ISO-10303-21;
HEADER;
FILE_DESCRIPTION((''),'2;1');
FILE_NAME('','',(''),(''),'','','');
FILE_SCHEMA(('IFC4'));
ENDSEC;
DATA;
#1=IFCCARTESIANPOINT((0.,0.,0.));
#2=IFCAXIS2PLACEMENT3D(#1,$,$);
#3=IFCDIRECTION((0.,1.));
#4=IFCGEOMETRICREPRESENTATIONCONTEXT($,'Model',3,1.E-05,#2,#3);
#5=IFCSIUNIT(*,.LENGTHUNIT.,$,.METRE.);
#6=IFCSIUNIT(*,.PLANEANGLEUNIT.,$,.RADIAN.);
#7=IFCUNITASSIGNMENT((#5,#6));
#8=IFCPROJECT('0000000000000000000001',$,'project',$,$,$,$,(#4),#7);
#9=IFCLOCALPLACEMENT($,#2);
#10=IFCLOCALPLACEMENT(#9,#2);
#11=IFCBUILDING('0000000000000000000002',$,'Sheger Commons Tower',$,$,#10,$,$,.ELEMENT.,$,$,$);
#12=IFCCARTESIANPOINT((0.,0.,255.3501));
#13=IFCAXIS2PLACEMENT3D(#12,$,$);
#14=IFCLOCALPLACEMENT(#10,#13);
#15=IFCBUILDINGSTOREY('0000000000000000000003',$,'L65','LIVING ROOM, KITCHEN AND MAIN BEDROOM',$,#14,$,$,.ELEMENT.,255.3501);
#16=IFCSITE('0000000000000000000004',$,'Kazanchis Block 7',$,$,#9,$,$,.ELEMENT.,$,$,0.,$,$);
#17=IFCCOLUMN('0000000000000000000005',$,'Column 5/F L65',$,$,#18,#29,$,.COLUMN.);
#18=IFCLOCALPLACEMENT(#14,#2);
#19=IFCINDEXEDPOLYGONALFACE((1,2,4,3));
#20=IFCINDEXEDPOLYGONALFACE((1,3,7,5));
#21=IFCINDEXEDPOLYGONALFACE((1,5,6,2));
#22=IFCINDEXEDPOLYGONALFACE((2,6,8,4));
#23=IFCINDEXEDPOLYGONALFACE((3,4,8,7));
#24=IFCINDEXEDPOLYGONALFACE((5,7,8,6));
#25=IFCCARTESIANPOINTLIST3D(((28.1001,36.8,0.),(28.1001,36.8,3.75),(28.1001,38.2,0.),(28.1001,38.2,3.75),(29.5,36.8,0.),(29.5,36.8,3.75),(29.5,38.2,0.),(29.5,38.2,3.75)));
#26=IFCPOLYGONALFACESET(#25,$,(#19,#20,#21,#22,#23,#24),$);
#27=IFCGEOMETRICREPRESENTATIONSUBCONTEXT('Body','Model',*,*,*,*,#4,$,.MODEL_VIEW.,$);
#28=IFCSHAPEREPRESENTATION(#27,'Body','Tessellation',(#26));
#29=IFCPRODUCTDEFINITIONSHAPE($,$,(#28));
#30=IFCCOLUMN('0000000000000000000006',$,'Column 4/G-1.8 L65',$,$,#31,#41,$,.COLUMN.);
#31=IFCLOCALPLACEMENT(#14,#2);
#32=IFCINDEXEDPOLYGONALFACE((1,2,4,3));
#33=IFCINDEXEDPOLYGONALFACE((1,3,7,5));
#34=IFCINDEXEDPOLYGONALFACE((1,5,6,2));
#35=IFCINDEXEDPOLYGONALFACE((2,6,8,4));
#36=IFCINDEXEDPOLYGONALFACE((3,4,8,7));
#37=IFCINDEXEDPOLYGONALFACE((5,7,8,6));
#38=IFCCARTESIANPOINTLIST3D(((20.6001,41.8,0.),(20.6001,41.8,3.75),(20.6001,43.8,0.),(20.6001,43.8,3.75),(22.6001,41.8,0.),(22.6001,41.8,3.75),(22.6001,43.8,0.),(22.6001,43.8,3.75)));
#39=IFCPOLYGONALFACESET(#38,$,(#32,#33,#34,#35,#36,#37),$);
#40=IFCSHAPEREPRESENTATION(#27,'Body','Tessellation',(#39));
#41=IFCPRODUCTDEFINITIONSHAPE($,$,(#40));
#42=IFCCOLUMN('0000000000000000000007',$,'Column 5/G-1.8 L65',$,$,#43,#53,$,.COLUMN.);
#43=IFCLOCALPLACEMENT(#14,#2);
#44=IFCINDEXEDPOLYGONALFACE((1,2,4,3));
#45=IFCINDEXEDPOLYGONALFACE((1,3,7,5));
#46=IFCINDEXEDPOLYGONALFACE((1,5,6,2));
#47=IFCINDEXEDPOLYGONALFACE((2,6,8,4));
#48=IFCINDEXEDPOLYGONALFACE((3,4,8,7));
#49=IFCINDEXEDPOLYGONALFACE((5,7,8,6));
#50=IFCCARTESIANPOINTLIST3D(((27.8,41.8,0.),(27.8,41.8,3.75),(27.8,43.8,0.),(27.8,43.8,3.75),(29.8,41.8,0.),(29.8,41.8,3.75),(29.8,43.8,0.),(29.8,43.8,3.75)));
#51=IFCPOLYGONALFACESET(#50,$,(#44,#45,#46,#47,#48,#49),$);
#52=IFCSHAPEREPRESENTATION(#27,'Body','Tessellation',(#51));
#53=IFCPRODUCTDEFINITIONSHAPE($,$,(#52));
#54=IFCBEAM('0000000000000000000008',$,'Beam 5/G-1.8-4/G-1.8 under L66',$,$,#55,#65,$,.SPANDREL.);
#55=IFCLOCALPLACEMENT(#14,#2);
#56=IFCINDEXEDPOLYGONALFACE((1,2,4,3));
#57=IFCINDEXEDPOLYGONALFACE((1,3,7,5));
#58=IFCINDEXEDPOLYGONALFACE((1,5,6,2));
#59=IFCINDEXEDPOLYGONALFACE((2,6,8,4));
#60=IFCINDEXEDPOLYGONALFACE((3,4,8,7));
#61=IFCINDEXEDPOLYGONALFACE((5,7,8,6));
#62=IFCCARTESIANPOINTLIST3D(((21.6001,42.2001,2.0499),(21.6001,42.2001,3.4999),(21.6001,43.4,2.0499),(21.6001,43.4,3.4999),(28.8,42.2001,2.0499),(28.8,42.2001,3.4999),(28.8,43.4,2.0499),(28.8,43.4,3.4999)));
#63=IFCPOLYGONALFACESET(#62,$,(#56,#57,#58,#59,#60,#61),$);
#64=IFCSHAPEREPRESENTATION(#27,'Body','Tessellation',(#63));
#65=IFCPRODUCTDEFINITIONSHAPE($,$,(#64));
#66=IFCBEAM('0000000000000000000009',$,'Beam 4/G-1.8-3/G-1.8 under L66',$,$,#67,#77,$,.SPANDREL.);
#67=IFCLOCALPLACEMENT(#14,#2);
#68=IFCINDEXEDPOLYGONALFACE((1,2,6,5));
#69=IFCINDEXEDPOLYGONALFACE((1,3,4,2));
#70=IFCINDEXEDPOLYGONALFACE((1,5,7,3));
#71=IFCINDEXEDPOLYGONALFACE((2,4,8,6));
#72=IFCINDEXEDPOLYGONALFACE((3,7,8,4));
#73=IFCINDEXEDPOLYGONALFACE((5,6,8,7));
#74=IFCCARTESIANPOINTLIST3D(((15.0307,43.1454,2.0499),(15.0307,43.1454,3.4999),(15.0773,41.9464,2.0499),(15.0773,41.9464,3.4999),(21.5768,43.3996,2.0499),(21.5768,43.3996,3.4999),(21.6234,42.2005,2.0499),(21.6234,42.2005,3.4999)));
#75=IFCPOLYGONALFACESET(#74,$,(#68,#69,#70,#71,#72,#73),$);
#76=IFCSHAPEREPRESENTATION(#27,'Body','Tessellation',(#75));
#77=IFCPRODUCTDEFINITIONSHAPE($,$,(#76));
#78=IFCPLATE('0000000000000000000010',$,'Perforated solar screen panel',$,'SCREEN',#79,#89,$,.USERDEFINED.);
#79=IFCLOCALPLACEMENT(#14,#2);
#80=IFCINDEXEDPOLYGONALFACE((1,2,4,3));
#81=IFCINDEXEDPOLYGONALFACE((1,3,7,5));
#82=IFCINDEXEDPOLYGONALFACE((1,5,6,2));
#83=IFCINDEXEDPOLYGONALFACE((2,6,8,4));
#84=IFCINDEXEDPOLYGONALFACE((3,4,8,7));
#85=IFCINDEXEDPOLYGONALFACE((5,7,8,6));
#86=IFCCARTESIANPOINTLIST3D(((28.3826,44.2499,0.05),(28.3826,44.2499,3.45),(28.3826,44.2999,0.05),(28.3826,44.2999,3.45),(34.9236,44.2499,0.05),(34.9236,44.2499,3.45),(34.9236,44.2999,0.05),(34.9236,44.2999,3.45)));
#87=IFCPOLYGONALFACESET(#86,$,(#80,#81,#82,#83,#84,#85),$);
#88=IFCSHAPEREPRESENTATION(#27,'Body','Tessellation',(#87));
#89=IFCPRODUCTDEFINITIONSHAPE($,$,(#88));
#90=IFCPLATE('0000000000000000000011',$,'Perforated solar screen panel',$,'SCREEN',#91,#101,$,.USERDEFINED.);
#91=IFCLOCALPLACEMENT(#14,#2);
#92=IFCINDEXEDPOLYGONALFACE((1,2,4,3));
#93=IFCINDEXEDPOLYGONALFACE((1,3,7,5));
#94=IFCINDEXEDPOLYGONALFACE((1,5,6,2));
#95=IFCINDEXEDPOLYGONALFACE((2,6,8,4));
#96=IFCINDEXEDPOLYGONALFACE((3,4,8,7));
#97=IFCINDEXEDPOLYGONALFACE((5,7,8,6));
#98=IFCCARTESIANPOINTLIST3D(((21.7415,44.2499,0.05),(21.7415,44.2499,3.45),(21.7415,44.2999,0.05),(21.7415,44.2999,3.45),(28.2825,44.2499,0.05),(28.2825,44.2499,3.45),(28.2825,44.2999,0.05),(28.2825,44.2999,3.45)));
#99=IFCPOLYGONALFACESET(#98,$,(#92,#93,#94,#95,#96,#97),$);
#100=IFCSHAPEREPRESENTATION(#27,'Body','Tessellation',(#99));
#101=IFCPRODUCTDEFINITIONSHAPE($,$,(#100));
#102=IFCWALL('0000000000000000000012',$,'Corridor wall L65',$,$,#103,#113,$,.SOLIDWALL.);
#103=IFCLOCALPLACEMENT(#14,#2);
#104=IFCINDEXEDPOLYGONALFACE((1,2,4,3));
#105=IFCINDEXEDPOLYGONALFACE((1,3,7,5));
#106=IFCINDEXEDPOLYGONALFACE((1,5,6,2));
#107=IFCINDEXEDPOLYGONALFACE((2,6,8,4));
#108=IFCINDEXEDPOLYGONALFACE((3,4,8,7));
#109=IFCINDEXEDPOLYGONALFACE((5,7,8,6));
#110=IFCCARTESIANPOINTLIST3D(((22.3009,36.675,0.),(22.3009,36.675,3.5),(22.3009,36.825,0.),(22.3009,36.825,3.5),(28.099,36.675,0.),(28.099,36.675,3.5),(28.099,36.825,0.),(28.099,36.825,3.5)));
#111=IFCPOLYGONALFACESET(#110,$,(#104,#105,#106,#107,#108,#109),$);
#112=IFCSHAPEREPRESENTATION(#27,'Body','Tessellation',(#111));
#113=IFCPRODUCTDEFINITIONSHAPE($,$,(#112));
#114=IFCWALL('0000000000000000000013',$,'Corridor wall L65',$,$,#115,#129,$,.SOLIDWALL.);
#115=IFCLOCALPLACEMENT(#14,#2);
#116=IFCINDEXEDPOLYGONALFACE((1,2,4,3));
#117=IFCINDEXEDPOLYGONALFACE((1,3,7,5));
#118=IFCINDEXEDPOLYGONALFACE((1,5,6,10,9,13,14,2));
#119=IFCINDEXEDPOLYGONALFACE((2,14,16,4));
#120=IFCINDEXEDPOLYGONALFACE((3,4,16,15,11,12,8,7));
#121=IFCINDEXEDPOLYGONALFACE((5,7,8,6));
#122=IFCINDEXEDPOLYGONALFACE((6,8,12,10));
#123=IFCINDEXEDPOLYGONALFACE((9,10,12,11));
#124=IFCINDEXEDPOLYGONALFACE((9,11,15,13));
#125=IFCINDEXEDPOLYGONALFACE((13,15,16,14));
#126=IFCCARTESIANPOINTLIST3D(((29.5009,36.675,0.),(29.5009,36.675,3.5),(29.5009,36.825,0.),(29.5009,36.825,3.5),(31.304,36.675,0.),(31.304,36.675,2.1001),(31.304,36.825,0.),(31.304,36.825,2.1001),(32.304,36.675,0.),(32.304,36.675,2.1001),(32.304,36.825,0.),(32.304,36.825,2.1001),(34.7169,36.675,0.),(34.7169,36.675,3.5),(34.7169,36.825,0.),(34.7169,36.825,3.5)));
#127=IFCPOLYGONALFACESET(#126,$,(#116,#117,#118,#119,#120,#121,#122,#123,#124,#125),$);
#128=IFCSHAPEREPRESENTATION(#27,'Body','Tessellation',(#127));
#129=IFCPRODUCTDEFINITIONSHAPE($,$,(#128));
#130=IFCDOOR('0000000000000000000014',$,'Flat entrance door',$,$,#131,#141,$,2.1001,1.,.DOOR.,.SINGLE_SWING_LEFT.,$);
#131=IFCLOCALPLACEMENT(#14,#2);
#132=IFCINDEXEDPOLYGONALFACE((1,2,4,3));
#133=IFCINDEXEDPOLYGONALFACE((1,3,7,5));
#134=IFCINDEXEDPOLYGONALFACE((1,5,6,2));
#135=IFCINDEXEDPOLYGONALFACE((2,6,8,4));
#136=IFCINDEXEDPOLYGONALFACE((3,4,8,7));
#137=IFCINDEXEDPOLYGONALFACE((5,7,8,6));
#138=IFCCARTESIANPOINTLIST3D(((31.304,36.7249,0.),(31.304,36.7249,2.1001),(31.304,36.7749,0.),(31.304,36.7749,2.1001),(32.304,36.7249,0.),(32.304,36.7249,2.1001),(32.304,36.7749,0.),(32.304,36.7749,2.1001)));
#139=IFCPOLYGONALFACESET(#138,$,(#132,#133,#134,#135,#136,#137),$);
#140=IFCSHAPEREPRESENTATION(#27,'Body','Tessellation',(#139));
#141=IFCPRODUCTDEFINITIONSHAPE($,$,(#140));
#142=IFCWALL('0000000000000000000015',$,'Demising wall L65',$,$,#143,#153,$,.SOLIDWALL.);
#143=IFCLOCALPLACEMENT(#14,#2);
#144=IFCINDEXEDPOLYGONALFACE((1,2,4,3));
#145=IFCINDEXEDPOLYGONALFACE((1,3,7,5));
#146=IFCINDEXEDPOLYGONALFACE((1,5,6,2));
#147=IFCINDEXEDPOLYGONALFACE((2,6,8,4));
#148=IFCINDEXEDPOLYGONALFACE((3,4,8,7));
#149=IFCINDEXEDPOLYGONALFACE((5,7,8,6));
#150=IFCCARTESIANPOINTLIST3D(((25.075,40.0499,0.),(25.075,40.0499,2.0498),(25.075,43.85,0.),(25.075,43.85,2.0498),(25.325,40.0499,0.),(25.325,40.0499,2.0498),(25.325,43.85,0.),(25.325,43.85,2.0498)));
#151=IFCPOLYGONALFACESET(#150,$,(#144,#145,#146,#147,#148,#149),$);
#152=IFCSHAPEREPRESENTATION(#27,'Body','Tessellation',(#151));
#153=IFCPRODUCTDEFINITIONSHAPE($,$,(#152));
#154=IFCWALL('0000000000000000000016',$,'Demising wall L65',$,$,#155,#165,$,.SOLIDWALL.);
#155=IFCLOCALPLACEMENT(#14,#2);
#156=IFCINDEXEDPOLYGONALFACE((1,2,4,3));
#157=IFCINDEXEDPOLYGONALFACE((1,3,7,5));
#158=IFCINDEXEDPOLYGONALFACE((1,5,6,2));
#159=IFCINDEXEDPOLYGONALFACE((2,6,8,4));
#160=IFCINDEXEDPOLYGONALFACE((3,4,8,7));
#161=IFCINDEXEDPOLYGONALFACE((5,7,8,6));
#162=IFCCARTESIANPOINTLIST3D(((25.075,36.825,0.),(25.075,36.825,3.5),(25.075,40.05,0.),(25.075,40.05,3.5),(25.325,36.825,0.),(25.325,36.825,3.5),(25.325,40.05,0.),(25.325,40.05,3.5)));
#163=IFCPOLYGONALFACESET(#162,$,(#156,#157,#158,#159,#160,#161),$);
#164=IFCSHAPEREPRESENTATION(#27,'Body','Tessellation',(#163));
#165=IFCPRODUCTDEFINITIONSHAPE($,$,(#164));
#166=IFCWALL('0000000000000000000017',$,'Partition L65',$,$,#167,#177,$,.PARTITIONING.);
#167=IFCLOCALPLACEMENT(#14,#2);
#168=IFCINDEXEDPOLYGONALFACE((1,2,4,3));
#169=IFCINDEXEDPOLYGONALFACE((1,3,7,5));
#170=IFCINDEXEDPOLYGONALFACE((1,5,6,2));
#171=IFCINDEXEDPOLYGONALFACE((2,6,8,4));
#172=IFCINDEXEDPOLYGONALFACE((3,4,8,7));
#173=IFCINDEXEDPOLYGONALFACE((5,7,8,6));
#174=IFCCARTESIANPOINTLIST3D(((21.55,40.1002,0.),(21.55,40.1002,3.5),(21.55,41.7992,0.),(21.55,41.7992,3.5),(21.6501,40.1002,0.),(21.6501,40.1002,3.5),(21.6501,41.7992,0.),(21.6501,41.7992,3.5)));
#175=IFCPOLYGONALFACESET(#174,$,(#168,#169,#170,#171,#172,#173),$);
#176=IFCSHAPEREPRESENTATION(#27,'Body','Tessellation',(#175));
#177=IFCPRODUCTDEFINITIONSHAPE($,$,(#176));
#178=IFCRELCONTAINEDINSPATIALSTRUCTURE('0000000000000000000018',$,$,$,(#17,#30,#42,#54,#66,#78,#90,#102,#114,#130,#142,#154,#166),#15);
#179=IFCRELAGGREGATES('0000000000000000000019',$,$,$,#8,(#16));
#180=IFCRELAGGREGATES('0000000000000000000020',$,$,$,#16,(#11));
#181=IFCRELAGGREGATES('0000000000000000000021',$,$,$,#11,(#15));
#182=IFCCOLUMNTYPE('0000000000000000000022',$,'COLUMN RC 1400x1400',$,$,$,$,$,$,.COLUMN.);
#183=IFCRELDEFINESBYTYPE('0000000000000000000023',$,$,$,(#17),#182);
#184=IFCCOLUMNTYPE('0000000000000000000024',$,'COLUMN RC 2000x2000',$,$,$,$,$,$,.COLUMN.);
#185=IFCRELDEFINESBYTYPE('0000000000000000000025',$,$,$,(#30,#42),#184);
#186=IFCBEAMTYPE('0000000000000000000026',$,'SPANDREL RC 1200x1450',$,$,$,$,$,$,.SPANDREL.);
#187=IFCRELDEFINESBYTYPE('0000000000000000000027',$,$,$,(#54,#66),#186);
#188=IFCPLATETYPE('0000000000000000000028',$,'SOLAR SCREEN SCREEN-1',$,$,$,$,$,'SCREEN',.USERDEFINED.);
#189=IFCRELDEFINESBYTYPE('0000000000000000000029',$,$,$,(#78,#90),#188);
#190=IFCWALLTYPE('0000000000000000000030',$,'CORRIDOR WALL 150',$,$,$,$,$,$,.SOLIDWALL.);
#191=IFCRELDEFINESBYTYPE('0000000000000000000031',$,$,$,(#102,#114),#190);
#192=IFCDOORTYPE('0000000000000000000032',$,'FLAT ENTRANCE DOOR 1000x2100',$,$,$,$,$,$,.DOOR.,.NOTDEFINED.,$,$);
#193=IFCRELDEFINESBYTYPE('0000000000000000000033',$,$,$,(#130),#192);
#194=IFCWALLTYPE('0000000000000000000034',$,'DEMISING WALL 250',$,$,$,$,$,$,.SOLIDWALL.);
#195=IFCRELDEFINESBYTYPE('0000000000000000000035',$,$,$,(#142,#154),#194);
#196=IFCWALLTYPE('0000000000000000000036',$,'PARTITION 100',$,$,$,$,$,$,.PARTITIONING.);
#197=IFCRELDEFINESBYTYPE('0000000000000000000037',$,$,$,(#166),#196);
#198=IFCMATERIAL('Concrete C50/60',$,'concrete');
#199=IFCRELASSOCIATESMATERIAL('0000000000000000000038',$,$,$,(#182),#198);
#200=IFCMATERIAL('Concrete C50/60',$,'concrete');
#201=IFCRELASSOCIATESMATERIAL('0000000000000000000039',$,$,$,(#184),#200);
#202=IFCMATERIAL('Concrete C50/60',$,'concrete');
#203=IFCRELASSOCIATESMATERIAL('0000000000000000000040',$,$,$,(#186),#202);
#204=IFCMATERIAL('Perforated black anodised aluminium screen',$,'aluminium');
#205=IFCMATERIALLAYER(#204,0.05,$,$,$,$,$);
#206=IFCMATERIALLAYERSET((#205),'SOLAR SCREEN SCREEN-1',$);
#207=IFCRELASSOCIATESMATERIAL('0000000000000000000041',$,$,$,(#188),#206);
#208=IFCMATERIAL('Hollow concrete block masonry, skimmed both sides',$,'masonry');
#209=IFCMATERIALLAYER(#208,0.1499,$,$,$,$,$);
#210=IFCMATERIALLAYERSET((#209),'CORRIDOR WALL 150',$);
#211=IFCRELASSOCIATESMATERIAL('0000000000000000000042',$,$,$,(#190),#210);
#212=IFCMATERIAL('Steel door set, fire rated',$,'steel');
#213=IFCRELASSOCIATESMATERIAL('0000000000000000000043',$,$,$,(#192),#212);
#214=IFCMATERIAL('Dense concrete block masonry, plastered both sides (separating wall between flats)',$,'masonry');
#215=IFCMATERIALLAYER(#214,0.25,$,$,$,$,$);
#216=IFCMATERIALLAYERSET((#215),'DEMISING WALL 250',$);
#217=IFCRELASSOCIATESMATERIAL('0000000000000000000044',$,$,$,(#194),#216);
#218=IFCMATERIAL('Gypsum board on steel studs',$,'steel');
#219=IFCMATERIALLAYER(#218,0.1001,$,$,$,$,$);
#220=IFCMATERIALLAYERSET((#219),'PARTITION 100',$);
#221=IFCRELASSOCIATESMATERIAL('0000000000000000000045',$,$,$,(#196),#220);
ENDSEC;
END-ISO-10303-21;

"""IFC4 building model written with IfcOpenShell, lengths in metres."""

from ifc_helpers import new_model, si_unit, direction, frame, frame_2d, origin, origin_2d, place, context, subcontext, project, spatial, rectangle, extrude, material, layer, layer_set, material_profile, profile_set, type_object, element, fill, save


model = new_model("IFC4")

# Units and contexts
model_context = context("Model", 3, precision=1e-05, world=origin(), true_north=direction((0.0, 1.0)))
body_context = subcontext(model_context, "Body", "Model", "MODEL_VIEW")
ifc_project = project(units=[si_unit("LENGTHUNIT", "METRE"), si_unit("PLANEANGLEUNIT", "RADIAN")], contexts=[model_context])

# Site, building, storey
site_placement = place(None, origin())
site = spatial("IfcSite", under=ifc_project, at=site_placement, Name="Kazanchis Block 7", CompositionType="ELEMENT", RefElevation=0.0)
building_placement = place(site_placement, origin())
building = spatial("IfcBuilding", under=site, at=building_placement, Name="Sheger Commons Tower", CompositionType="ELEMENT")
storey_placement = place(building_placement, frame((0.0, 0.0, 255.3501)))
storey = spatial("IfcBuildingStorey", under=building, at=storey_placement, Name="L65", Description="LIVING ROOM, KITCHEN AND MAIN BEDROOM", CompositionType="ELEMENT", Elevation=255.3501)

# Columns
ifc_material_1 = material(Name="Concrete C50/60", Category="concrete")
ifc_material_profile_1 = material_profile(ifc_material_1, rectangle(XDim=1.3999, YDim=1.3999, at=origin_2d()), Name="RC 1400x1400")
ifc_profile_set_1 = profile_set([ifc_material_profile_1], Name="Concrete C50/60")
column_type_1 = type_object("IfcColumnType", Name="COLUMN RC 1400x1400", PredefinedType="COLUMN", material=ifc_profile_set_1)
column_placement = place(storey_placement, frame((28.8, 37.5, 0.0), z_axis=(0.0, 0.0, 1.0), x_axis=(1.0, 0.0, 0.0)))
element("IfcColumn", 1, at=column_placement, inside=storey, type_object=column_type_1, Name="Column 5/F L65", PredefinedType="COLUMN", context=body_context, shape_type="SweptSolid", body=[
    extrude(rectangle(XDim=1.3999, YDim=1.3999, at=origin_2d()), origin(), (0.0, 0.0, 1.0), 3.75),
])
ifc_material_2 = material(Name="Concrete C50/60", Category="concrete")
ifc_material_profile_2 = material_profile(ifc_material_2, rectangle(XDim=2.0, YDim=2.0, at=origin_2d()), Name="RC 2000x2000")
ifc_profile_set_2 = profile_set([ifc_material_profile_2], Name="Concrete C50/60")
column_type_2 = type_object("IfcColumnType", Name="COLUMN RC 2000x2000", PredefinedType="COLUMN", material=ifc_profile_set_2)
for number, where, z_axis, x_axis, name in (
    (2, (21.6001, 42.8, 0.0), (0.0, 0.0, 1.0), (1.0, 0.0, 0.0), "Column 4/G-1.8 L65"),
    (3, (28.8, 42.8, 0.0), (0.0, 0.0, 1.0), (1.0, 0.0, 0.0), "Column 5/G-1.8 L65"),
):
    element("IfcColumn", number, at=place(storey_placement, frame(where, z_axis=z_axis, x_axis=x_axis)), inside=storey, type_object=column_type_2, Name=name, PredefinedType="COLUMN", context=body_context, shape_type="SweptSolid", body=[
        extrude(rectangle(XDim=2.0, YDim=2.0, at=origin_2d()), origin(), (0.0, 0.0, 1.0), 3.75),
    ])

# Beams
ifc_material_3 = material(Name="Concrete C50/60", Category="concrete")
ifc_material_profile_3 = material_profile(ifc_material_3, rectangle(XDim=1.2, YDim=1.45, at=origin_2d()), Name="RC 1200x1450")
ifc_profile_set_3 = profile_set([ifc_material_profile_3], Name="Concrete C50/60")
beam_type = type_object("IfcBeamType", Name="SPANDREL RC 1200x1450", PredefinedType="SPANDREL", material=ifc_profile_set_3)
beam_1_placement = place(storey_placement, frame((28.8, 42.8, 2.7749), z_axis=(-1.0, 0.0, 0.0), x_axis=(0.0, -1.0, 0.0)))
element("IfcBeam", 4, at=beam_1_placement, inside=storey, type_object=beam_type, Name="Beam 5/G-1.8-4/G-1.8 under L66", PredefinedType="SPANDREL", context=body_context, shape_type="SweptSolid", body=[
    extrude(rectangle(XDim=1.2, YDim=1.45, at=origin_2d()), origin(), (0.0, 0.0, 1.0), 7.2),
])
beam_2_placement = place(storey_placement, frame((21.6001, 42.8, 2.7749), z_axis=(-0.999247, -0.038795, 0.0), x_axis=(0.038795, -0.999247, 0.0)))
element("IfcBeam", 5, at=beam_2_placement, inside=storey, type_object=beam_type, Name="Beam 4/G-1.8-3/G-1.8 under L66", PredefinedType="SPANDREL", context=body_context, shape_type="SweptSolid", body=[
    extrude(rectangle(XDim=1.2, YDim=1.45, at=origin_2d()), origin(), (0.0, 0.0, 1.0), 6.551),
])

# Plates
ifc_material_4 = material(Name="Perforated black anodised aluminium screen", Category="aluminium")
ifc_layer_1 = layer(ifc_material_4, 0.05)
ifc_layer_set_1 = layer_set([ifc_layer_1], Name="SOLAR SCREEN SCREEN-1")
plate_type = type_object("IfcPlateType", Name="SOLAR SCREEN SCREEN-1", ElementType="SCREEN", PredefinedType="USERDEFINED", material=ifc_layer_set_1)
for number, where, z_axis, x_axis, name in (
    (6, (31.6531, 44.2749, 0.05), (0.0, 0.0, 1.0), (-1.0, 0.0, 0.0), "Perforated solar screen panel"),
    (7, (25.012, 44.2749, 0.05), (0.0, 0.0, 1.0), (-1.0, 0.0, 0.0), "Perforated solar screen panel"),
):
    element("IfcPlate", number, at=place(storey_placement, frame(where, z_axis=z_axis, x_axis=x_axis)), inside=storey, type_object=plate_type, Name=name, ObjectType="SCREEN", PredefinedType="USERDEFINED", context=body_context, shape_type="SweptSolid", body=[
        extrude(rectangle(XDim=6.541, YDim=0.05, at=origin_2d()), origin(), (0.0, 0.0, 1.0), 3.3999),
    ])

# Wall
ifc_material_5 = material(Name="Hollow concrete block masonry, skimmed both sides", Category="masonry")
ifc_layer_2 = layer(ifc_material_5, 0.1499)
ifc_layer_set_2 = layer_set([ifc_layer_2], Name="CORRIDOR WALL 150")
wall_type_1 = type_object("IfcWallType", Name="CORRIDOR WALL 150", PredefinedType="SOLIDWALL", material=ifc_layer_set_2)
wall_1_placement = place(storey_placement, frame((22.301, 36.75, 0.0), z_axis=(0.0, 0.0, 1.0), x_axis=(1.0, 0.0, 0.0)))
element("IfcWall", 8, at=wall_1_placement, inside=storey, type_object=wall_type_1, Name="Corridor wall L65", PredefinedType="SOLIDWALL", context=body_context, shape_type="SweptSolid", body=[
    extrude(rectangle(XDim=5.7981, YDim=0.1499, at=frame_2d((2.8989, 0.0))), origin(), (0.0, 0.0, 1.0), 3.5),
])

# Wall, opening, door
wall_2_placement = place(storey_placement, frame((29.501, 36.75, 0.0), z_axis=(0.0, 0.0, 1.0), x_axis=(1.0, 0.0, 0.0)))
wall_2 = element("IfcWall", 9, at=wall_2_placement, inside=storey, type_object=wall_type_1, Name="Corridor wall L65", PredefinedType="SOLIDWALL", context=body_context, shape_type="SweptSolid", body=[
    extrude(rectangle(XDim=5.2161, YDim=0.1499, at=frame_2d((2.6079, 0.0))), origin(), (0.0, 0.0, 1.0), 3.5),
])
opening_1_placement = place(wall_2_placement, frame((1.803, 0.0, 0.0)))
opening_1 = element("IfcOpeningElement", 10, at=opening_1_placement, cuts=wall_2, PredefinedType="OPENING", context=body_context, shape_type="SweptSolid", body=[
    extrude(rectangle(XDim=1.0, YDim=2.1001, at=frame_2d((0.5, 1.05))), frame((0.0, 0.085, 0.0), z_axis=(0.0, -1.0, 0.0), x_axis=(1.0, 0.0, 0.0)), (0.0, 0.0, 1.0), 0.1699),
])
ifc_material_6 = material(Name="Steel door set, fire rated", Category="steel")
door_type_1 = type_object("IfcDoorType", Name="FLAT ENTRANCE DOOR 1000x2100", OperationType="NOTDEFINED", PredefinedType="DOOR", material=ifc_material_6)
door_1_placement = place(opening_1_placement, origin())
door_1 = element("IfcDoor", 11, at=door_1_placement, inside=storey, type_object=door_type_1, Name="Flat entrance door", OperationType="SINGLE_SWING_LEFT", OverallHeight=2.1001, OverallWidth=1.0, PredefinedType="DOOR", context=body_context, shape_type="SweptSolid", body=[
    extrude(rectangle(XDim=1.0, YDim=2.1001, at=frame_2d((0.5, 1.05))), frame((0.0, 0.0249, 0.0), z_axis=(0.0, -1.0, 0.0), x_axis=(1.0, 0.0, 0.0)), (0.0, 0.0, 1.0), 0.05),
])
fill(opening_1, door_1)

# Walls
ifc_material_7 = material(Name="Dense concrete block masonry, plastered both sides (separating wall between flats)", Category="masonry")
ifc_layer_3 = layer(ifc_material_7, 0.25)
ifc_layer_set_3 = layer_set([ifc_layer_3], Name="DEMISING WALL 250")
wall_type_2 = type_object("IfcWallType", Name="DEMISING WALL 250", PredefinedType="SOLIDWALL", material=ifc_layer_set_3)
wall_3_placement = place(storey_placement, frame((25.2, 40.05, 0.0), z_axis=(0.0, 0.0, 1.0), x_axis=(0.0, 1.0, 0.0)))
element("IfcWall", 12, at=wall_3_placement, inside=storey, type_object=wall_type_2, Name="Demising wall L65", PredefinedType="SOLIDWALL", context=body_context, shape_type="SweptSolid", body=[
    extrude(rectangle(XDim=3.8, YDim=0.25, at=frame_2d((1.8999, 0.0))), origin(), (0.0, 0.0, 1.0), 2.0498),
])
wall_4_placement = place(storey_placement, frame((25.2, 36.825, 0.0), z_axis=(0.0, 0.0, 1.0), x_axis=(0.0, 1.0, 0.0)))
element("IfcWall", 13, at=wall_4_placement, inside=storey, type_object=wall_type_2, Name="Demising wall L65", PredefinedType="SOLIDWALL", context=body_context, shape_type="SweptSolid", body=[
    extrude(rectangle(XDim=3.2251, YDim=0.25, at=frame_2d((1.6125, 0.0))), origin(), (0.0, 0.0, 1.0), 3.5),
])
ifc_material_8 = material(Name="Gypsum board on steel studs", Category="steel")
ifc_layer_4 = layer(ifc_material_8, 0.1001)
ifc_layer_set_4 = layer_set([ifc_layer_4], Name="PARTITION 100")
wall_type_3 = type_object("IfcWallType", Name="PARTITION 100", PredefinedType="PARTITIONING", material=ifc_layer_set_4)
wall_5_placement = place(storey_placement, frame((21.6001, 40.1001, 0.0), z_axis=(0.0, 0.0, 1.0), x_axis=(0.0, 1.0, 0.0)))
element("IfcWall", 14, at=wall_5_placement, inside=storey, type_object=wall_type_3, Name="Partition L65", PredefinedType="PARTITIONING", context=body_context, shape_type="SweptSolid", body=[
    extrude(rectangle(XDim=1.699, YDim=0.1001, at=frame_2d((0.8496, 0.0))), origin(), (0.0, 0.0, 1.0), 3.5),
])

save(model, "model.ifc")
